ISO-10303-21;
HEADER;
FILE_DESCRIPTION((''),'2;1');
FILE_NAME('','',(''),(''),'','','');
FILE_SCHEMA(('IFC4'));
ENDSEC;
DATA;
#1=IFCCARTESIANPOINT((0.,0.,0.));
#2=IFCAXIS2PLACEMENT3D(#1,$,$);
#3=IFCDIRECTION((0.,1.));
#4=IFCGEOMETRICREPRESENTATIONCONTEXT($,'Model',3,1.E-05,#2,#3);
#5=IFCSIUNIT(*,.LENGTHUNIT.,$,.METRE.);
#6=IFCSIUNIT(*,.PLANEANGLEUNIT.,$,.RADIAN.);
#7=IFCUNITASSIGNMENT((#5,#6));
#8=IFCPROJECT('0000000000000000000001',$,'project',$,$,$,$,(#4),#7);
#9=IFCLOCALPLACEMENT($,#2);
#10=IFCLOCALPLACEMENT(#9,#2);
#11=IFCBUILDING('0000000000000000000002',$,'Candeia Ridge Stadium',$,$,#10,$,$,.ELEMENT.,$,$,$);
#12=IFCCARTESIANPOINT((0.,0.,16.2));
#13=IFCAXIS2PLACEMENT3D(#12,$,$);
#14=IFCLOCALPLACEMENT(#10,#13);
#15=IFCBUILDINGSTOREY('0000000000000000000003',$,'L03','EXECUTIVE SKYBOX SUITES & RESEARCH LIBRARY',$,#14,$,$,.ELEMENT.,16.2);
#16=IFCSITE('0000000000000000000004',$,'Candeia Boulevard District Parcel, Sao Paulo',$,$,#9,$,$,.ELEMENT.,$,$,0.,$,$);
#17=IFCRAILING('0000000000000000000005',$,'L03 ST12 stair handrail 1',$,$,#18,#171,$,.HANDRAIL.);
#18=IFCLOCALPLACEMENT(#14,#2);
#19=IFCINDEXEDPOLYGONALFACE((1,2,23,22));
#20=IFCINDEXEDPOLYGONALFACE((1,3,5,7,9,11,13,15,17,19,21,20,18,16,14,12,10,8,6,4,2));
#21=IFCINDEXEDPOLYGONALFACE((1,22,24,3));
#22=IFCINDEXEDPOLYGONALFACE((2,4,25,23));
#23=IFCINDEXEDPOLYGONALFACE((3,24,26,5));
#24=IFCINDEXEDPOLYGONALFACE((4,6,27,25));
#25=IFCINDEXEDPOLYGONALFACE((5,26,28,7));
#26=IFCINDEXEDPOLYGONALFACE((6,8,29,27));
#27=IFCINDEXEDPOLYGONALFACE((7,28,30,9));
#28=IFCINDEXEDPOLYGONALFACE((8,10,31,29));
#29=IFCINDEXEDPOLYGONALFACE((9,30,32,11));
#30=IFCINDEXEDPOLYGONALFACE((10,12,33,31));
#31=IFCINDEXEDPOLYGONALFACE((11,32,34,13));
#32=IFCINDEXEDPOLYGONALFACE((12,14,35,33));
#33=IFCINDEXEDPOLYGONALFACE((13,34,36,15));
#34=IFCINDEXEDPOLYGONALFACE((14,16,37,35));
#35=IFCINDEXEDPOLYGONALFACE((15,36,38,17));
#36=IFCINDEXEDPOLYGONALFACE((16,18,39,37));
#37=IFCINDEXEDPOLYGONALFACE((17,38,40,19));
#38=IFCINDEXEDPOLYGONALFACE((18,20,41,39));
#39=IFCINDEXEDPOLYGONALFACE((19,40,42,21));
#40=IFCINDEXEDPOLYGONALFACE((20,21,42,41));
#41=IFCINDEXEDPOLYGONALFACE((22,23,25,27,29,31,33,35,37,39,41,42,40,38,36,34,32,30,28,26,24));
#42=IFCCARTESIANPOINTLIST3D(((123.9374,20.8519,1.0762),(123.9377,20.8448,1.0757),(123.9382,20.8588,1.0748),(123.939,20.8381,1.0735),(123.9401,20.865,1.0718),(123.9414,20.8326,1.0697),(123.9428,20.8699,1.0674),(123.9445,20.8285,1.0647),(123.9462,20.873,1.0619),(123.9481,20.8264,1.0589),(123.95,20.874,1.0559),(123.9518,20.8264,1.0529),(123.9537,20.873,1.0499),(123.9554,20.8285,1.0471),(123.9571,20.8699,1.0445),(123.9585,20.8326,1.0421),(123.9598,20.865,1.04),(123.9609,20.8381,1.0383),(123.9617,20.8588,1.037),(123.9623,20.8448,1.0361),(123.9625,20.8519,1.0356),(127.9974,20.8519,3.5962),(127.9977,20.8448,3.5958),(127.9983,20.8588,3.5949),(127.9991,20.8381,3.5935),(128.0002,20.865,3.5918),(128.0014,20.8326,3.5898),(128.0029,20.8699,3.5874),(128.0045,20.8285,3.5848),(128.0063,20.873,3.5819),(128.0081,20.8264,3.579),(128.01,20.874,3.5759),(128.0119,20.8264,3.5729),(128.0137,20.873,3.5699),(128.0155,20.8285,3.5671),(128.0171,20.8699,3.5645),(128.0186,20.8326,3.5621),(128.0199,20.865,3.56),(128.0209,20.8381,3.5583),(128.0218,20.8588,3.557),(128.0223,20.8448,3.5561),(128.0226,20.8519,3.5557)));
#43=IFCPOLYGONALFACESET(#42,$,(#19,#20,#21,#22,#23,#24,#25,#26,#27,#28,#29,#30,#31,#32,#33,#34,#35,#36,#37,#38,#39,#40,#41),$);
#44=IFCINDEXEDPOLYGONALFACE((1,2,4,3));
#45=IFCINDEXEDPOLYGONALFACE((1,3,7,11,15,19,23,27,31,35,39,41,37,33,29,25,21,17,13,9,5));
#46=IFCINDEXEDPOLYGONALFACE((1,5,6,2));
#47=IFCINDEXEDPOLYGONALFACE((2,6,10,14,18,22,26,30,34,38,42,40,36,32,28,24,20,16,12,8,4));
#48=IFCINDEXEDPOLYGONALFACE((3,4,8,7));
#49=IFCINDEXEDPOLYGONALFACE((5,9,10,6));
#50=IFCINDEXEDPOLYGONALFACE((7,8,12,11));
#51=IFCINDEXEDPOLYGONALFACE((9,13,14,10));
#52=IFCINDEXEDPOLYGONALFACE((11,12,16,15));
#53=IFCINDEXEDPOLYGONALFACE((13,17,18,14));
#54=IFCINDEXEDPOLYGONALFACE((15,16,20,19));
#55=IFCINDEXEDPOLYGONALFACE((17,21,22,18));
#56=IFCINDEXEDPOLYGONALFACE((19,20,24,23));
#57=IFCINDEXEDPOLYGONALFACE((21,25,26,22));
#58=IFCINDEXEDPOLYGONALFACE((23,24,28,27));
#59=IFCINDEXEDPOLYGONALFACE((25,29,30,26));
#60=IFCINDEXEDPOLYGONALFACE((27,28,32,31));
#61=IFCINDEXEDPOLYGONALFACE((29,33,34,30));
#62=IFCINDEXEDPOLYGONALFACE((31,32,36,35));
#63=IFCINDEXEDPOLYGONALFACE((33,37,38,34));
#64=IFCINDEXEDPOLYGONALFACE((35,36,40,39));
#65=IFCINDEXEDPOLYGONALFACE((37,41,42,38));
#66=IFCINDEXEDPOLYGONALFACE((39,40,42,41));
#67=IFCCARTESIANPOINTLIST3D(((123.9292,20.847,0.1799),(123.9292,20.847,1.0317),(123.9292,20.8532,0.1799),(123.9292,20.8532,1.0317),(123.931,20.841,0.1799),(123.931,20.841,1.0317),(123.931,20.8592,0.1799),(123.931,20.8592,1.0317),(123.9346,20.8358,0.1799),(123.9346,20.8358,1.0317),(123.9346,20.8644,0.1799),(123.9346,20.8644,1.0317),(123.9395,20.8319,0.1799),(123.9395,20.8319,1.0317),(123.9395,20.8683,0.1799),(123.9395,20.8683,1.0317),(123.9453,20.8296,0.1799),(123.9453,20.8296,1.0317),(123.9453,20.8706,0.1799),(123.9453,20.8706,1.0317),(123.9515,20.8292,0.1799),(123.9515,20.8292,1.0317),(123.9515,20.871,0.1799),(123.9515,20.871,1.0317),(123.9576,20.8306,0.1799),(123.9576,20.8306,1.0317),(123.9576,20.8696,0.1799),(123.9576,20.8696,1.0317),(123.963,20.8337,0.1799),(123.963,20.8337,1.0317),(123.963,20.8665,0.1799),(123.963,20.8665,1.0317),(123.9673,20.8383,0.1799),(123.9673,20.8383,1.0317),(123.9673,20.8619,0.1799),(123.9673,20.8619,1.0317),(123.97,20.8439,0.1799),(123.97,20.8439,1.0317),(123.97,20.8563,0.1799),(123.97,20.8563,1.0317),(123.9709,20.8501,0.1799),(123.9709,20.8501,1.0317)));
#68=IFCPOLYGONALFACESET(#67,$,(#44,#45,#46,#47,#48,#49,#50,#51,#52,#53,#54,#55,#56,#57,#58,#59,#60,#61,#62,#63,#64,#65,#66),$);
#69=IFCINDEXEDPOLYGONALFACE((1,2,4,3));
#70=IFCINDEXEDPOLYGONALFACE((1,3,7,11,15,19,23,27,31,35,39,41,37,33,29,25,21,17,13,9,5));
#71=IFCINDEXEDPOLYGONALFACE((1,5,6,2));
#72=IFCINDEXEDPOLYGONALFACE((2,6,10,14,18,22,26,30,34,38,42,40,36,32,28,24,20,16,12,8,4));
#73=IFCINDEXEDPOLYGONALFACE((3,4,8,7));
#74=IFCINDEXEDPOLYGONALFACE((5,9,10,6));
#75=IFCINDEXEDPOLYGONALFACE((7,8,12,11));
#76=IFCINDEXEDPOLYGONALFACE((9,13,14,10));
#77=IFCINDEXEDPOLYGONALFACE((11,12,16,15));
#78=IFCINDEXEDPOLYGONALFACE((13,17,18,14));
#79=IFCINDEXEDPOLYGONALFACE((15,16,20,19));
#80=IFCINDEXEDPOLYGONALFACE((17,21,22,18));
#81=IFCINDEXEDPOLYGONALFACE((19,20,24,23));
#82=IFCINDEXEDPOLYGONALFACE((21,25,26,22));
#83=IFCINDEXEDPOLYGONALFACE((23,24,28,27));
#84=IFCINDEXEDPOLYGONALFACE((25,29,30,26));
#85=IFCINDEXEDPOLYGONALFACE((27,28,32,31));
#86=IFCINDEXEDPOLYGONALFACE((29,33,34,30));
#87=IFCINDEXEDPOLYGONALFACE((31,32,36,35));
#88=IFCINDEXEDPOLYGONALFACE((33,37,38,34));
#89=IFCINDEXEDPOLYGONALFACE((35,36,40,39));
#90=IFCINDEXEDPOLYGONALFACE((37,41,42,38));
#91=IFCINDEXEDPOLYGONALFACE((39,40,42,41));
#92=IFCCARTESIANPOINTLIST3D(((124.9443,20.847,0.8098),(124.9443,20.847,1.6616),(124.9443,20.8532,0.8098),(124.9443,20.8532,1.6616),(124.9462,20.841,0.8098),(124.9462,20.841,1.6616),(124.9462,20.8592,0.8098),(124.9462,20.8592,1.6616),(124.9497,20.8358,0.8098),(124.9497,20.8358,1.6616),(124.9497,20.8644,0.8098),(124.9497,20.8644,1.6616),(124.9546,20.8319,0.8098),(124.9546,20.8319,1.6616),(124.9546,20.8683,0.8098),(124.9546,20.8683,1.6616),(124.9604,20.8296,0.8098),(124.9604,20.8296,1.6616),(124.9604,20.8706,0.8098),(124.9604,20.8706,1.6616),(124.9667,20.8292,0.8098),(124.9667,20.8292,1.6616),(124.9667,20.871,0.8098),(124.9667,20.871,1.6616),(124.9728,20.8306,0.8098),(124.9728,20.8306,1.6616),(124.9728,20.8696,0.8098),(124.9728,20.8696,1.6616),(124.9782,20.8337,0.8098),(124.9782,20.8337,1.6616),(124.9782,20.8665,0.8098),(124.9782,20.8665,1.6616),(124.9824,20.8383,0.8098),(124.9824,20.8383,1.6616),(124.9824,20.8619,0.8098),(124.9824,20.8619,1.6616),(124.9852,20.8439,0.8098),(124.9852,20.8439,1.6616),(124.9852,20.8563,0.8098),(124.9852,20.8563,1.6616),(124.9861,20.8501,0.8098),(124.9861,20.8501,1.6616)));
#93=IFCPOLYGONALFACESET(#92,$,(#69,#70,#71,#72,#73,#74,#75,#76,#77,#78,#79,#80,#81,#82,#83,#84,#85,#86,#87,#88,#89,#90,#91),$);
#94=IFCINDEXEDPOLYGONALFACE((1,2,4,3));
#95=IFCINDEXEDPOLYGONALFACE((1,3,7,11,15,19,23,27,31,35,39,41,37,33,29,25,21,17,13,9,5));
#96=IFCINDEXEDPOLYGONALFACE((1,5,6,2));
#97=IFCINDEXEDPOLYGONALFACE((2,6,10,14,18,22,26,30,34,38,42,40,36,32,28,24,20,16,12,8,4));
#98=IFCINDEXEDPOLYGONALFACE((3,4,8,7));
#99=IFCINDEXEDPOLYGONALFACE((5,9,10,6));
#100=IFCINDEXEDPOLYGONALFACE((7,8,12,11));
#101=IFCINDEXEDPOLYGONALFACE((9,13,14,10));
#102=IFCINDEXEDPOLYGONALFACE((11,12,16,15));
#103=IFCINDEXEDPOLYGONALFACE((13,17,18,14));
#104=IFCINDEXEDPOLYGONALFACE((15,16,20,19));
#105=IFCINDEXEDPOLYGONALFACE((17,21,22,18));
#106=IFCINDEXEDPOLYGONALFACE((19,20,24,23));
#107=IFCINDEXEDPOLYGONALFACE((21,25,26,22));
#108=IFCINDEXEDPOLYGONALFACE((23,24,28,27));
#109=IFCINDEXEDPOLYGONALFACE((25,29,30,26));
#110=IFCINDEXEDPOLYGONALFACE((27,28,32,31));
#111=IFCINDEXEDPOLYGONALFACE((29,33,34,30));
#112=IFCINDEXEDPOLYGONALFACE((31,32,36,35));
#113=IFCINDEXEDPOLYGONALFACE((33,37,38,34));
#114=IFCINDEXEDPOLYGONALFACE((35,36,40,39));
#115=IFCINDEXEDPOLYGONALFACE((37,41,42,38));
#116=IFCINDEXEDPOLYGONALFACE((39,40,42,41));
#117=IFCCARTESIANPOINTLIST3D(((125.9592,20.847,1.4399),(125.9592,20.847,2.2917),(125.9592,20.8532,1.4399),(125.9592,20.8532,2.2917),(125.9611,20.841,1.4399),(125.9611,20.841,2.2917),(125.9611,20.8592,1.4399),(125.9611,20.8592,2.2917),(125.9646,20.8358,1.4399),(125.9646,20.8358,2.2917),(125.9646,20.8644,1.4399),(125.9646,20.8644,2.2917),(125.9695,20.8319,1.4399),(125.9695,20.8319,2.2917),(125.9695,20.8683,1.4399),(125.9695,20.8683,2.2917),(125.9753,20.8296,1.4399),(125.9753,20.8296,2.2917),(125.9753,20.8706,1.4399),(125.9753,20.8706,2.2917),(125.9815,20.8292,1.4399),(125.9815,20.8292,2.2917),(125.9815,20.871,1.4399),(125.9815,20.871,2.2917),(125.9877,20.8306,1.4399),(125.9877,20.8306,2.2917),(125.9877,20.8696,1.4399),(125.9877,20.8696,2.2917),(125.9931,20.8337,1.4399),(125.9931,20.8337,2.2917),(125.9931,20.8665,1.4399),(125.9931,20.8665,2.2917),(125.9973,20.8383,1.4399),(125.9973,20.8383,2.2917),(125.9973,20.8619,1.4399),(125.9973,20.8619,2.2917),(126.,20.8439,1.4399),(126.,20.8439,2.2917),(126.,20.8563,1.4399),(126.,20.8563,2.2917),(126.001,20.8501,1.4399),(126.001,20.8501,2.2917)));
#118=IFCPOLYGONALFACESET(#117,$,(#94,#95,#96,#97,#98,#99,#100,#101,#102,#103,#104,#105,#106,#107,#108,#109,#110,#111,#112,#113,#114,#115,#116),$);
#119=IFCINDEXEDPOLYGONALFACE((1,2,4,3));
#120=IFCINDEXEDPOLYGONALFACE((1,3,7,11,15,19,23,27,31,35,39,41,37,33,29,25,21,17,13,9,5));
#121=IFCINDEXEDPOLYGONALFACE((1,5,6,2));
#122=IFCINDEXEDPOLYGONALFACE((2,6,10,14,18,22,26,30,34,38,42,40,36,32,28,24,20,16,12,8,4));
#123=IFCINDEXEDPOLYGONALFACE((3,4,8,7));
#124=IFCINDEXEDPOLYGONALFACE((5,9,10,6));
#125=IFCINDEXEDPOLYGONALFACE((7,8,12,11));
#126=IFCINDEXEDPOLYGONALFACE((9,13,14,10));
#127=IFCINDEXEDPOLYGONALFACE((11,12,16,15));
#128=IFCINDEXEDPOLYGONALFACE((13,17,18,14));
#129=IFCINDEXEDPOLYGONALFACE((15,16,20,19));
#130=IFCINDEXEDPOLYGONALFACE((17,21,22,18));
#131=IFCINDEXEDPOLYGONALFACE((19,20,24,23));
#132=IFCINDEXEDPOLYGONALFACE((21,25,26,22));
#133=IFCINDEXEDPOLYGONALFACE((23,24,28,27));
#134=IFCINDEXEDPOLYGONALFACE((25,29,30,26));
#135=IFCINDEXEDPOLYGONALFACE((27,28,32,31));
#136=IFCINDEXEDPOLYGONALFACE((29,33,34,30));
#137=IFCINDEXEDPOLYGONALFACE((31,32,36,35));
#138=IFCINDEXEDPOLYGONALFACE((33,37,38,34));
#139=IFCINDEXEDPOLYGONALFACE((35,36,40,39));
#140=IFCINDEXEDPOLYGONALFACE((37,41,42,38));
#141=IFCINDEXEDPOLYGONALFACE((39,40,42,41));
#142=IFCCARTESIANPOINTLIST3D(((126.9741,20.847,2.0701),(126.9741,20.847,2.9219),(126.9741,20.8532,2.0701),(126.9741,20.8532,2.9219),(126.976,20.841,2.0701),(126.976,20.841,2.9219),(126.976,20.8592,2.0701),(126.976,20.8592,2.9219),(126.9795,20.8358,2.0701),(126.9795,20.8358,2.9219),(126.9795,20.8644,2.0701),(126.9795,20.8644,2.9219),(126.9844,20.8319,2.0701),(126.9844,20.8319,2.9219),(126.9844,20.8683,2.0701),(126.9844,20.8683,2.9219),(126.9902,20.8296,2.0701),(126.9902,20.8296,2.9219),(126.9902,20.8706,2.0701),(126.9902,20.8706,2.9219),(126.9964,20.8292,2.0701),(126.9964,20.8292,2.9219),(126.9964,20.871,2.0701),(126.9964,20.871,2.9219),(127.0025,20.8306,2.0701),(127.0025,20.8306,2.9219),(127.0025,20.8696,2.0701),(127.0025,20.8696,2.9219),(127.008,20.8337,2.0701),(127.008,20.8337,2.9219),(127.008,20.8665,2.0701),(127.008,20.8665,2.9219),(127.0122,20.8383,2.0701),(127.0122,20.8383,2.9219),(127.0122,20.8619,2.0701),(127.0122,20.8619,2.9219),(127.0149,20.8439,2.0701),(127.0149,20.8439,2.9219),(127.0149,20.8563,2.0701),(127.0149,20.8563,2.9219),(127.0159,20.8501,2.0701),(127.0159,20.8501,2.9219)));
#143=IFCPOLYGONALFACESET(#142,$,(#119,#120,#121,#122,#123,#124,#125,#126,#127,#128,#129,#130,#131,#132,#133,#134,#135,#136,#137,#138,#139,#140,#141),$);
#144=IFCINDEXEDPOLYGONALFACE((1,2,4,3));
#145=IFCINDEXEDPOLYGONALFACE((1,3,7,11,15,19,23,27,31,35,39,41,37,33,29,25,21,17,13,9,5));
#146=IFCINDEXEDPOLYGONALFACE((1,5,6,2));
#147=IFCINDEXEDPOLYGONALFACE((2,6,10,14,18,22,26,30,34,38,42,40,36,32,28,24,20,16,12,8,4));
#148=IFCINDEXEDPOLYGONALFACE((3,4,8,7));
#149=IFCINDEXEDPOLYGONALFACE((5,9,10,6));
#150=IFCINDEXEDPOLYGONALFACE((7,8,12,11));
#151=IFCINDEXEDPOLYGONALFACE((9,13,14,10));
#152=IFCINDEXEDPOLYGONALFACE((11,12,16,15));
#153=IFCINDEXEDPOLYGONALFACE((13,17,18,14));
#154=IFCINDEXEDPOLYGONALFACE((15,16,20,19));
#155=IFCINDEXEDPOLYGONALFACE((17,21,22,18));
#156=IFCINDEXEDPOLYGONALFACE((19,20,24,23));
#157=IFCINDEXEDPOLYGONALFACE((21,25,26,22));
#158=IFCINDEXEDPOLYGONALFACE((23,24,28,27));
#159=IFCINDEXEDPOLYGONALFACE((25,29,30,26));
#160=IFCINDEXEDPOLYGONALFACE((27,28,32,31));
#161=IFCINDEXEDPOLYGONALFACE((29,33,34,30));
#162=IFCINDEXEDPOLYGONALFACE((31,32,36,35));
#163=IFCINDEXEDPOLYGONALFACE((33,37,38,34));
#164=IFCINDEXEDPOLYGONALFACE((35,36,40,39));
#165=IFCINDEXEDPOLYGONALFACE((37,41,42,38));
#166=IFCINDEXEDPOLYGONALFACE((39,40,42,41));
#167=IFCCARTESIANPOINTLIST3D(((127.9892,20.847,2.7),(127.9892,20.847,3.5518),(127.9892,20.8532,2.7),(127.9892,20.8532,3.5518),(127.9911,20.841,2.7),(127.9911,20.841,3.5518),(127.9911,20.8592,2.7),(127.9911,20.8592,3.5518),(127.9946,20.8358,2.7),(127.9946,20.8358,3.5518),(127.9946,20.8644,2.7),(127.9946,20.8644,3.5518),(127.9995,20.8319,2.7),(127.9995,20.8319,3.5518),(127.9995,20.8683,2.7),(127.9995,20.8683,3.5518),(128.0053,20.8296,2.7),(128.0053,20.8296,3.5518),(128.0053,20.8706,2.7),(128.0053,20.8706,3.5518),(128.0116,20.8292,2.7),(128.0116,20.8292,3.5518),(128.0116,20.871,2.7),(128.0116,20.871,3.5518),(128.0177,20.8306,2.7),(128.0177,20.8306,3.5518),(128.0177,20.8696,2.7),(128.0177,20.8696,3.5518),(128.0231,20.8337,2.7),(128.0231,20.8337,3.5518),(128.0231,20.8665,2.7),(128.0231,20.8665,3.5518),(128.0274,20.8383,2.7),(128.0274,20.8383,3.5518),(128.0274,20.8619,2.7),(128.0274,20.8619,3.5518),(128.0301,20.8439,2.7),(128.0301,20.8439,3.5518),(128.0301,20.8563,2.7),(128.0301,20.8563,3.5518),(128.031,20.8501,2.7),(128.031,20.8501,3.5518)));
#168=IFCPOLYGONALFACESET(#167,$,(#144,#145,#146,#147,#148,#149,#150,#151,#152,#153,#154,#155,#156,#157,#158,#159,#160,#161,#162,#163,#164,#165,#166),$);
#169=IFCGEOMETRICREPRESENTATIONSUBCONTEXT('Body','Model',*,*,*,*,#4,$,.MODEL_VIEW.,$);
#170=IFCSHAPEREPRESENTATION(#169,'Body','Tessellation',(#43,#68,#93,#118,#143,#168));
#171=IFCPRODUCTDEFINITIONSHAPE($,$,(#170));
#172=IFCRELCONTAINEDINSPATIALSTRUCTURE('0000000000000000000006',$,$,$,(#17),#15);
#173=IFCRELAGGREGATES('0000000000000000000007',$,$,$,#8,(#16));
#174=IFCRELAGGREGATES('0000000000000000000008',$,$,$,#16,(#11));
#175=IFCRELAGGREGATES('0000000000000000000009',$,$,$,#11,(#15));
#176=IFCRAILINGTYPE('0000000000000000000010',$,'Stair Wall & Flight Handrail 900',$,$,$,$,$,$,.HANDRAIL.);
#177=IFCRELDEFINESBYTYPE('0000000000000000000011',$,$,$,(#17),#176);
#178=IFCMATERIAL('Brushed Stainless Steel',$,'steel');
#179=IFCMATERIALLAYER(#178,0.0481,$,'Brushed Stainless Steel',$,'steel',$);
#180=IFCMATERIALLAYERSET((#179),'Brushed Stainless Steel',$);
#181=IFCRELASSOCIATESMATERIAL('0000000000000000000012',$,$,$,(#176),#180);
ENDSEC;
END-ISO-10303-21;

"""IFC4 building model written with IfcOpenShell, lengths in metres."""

from ifc_helpers import new_model, si_unit, direction, frame, origin, origin_2d, place, context, subcontext, project, spatial, circle, extrude, material, layer, layer_set, type_object, element, save


model = new_model("IFC4")

# Units and contexts
model_context = context("Model", 3, precision=1e-05, world=origin(), true_north=direction((0.0, 1.0)))
body_context = subcontext(model_context, "Body", "Model", "MODEL_VIEW")
ifc_project = project(units=[si_unit("LENGTHUNIT", "METRE"), si_unit("PLANEANGLEUNIT", "RADIAN")], contexts=[model_context])

# Site, building, storey
site_placement = place(None, origin())
site = spatial("IfcSite", under=ifc_project, at=site_placement, Name="Candeia Boulevard District Parcel, Sao Paulo", CompositionType="ELEMENT", RefElevation=0.0)
building_placement = place(site_placement, origin())
building = spatial("IfcBuilding", under=site, at=building_placement, Name="Candeia Ridge Stadium", CompositionType="ELEMENT")
storey_placement = place(building_placement, frame((0.0, 0.0, 16.2)))
storey = spatial("IfcBuildingStorey", under=building, at=storey_placement, Name="L03", Description="EXECUTIVE SKYBOX SUITES & RESEARCH LIBRARY", CompositionType="ELEMENT", Elevation=16.2)

# Railing
ifc_material_1 = material(Name="Brushed Stainless Steel", Category="steel")
ifc_layer_1 = layer(ifc_material_1, 0.0481, Name="Brushed Stainless Steel", Category="steel")
ifc_layer_set_1 = layer_set([ifc_layer_1], Name="Brushed Stainless Steel")
railing_type_1 = type_object("IfcRailingType", Name="Stair Wall & Flight Handrail 900", PredefinedType="HANDRAIL", material=ifc_layer_set_1)
railing_1_placement = place(storey_placement, frame((123.95, 20.8501, 0.1799)))
element("IfcRailing", 1, at=railing_1_placement, inside=storey, type_object=railing_type_1, Name="L03 ST12 stair handrail 1", PredefinedType="HANDRAIL", context=body_context, shape_type="SweptSolid", body=[
    extrude(circle(Radius=0.0239, at=origin_2d()), frame((0.0, 0.0, 0.876), z_axis=(0.849642, 0.0, 0.52736), x_axis=(0.0, 1.0, 0.0)), (0.0, 0.0, 1.0), 4.7786),
    extrude(circle(Radius=0.021, at=origin_2d()), origin(), (0.0, 0.0, 1.0), 0.8518),
    extrude(circle(Radius=0.021, at=origin_2d()), frame((1.0151, 0.0, 0.6299)), (0.0, 0.0, 1.0), 0.8518),
    extrude(circle(Radius=0.021, at=origin_2d()), frame((2.03, 0.0, 1.26)), (0.0, 0.0, 1.0), 0.8518),
    extrude(circle(Radius=0.021, at=origin_2d()), frame((3.0449, 0.0, 1.8901)), (0.0, 0.0, 1.0), 0.8518),
    extrude(circle(Radius=0.021, at=origin_2d()), frame((4.0601, 0.0, 2.52)), (0.0, 0.0, 1.0), 0.8518),
])

save(model, "model.ifc")
